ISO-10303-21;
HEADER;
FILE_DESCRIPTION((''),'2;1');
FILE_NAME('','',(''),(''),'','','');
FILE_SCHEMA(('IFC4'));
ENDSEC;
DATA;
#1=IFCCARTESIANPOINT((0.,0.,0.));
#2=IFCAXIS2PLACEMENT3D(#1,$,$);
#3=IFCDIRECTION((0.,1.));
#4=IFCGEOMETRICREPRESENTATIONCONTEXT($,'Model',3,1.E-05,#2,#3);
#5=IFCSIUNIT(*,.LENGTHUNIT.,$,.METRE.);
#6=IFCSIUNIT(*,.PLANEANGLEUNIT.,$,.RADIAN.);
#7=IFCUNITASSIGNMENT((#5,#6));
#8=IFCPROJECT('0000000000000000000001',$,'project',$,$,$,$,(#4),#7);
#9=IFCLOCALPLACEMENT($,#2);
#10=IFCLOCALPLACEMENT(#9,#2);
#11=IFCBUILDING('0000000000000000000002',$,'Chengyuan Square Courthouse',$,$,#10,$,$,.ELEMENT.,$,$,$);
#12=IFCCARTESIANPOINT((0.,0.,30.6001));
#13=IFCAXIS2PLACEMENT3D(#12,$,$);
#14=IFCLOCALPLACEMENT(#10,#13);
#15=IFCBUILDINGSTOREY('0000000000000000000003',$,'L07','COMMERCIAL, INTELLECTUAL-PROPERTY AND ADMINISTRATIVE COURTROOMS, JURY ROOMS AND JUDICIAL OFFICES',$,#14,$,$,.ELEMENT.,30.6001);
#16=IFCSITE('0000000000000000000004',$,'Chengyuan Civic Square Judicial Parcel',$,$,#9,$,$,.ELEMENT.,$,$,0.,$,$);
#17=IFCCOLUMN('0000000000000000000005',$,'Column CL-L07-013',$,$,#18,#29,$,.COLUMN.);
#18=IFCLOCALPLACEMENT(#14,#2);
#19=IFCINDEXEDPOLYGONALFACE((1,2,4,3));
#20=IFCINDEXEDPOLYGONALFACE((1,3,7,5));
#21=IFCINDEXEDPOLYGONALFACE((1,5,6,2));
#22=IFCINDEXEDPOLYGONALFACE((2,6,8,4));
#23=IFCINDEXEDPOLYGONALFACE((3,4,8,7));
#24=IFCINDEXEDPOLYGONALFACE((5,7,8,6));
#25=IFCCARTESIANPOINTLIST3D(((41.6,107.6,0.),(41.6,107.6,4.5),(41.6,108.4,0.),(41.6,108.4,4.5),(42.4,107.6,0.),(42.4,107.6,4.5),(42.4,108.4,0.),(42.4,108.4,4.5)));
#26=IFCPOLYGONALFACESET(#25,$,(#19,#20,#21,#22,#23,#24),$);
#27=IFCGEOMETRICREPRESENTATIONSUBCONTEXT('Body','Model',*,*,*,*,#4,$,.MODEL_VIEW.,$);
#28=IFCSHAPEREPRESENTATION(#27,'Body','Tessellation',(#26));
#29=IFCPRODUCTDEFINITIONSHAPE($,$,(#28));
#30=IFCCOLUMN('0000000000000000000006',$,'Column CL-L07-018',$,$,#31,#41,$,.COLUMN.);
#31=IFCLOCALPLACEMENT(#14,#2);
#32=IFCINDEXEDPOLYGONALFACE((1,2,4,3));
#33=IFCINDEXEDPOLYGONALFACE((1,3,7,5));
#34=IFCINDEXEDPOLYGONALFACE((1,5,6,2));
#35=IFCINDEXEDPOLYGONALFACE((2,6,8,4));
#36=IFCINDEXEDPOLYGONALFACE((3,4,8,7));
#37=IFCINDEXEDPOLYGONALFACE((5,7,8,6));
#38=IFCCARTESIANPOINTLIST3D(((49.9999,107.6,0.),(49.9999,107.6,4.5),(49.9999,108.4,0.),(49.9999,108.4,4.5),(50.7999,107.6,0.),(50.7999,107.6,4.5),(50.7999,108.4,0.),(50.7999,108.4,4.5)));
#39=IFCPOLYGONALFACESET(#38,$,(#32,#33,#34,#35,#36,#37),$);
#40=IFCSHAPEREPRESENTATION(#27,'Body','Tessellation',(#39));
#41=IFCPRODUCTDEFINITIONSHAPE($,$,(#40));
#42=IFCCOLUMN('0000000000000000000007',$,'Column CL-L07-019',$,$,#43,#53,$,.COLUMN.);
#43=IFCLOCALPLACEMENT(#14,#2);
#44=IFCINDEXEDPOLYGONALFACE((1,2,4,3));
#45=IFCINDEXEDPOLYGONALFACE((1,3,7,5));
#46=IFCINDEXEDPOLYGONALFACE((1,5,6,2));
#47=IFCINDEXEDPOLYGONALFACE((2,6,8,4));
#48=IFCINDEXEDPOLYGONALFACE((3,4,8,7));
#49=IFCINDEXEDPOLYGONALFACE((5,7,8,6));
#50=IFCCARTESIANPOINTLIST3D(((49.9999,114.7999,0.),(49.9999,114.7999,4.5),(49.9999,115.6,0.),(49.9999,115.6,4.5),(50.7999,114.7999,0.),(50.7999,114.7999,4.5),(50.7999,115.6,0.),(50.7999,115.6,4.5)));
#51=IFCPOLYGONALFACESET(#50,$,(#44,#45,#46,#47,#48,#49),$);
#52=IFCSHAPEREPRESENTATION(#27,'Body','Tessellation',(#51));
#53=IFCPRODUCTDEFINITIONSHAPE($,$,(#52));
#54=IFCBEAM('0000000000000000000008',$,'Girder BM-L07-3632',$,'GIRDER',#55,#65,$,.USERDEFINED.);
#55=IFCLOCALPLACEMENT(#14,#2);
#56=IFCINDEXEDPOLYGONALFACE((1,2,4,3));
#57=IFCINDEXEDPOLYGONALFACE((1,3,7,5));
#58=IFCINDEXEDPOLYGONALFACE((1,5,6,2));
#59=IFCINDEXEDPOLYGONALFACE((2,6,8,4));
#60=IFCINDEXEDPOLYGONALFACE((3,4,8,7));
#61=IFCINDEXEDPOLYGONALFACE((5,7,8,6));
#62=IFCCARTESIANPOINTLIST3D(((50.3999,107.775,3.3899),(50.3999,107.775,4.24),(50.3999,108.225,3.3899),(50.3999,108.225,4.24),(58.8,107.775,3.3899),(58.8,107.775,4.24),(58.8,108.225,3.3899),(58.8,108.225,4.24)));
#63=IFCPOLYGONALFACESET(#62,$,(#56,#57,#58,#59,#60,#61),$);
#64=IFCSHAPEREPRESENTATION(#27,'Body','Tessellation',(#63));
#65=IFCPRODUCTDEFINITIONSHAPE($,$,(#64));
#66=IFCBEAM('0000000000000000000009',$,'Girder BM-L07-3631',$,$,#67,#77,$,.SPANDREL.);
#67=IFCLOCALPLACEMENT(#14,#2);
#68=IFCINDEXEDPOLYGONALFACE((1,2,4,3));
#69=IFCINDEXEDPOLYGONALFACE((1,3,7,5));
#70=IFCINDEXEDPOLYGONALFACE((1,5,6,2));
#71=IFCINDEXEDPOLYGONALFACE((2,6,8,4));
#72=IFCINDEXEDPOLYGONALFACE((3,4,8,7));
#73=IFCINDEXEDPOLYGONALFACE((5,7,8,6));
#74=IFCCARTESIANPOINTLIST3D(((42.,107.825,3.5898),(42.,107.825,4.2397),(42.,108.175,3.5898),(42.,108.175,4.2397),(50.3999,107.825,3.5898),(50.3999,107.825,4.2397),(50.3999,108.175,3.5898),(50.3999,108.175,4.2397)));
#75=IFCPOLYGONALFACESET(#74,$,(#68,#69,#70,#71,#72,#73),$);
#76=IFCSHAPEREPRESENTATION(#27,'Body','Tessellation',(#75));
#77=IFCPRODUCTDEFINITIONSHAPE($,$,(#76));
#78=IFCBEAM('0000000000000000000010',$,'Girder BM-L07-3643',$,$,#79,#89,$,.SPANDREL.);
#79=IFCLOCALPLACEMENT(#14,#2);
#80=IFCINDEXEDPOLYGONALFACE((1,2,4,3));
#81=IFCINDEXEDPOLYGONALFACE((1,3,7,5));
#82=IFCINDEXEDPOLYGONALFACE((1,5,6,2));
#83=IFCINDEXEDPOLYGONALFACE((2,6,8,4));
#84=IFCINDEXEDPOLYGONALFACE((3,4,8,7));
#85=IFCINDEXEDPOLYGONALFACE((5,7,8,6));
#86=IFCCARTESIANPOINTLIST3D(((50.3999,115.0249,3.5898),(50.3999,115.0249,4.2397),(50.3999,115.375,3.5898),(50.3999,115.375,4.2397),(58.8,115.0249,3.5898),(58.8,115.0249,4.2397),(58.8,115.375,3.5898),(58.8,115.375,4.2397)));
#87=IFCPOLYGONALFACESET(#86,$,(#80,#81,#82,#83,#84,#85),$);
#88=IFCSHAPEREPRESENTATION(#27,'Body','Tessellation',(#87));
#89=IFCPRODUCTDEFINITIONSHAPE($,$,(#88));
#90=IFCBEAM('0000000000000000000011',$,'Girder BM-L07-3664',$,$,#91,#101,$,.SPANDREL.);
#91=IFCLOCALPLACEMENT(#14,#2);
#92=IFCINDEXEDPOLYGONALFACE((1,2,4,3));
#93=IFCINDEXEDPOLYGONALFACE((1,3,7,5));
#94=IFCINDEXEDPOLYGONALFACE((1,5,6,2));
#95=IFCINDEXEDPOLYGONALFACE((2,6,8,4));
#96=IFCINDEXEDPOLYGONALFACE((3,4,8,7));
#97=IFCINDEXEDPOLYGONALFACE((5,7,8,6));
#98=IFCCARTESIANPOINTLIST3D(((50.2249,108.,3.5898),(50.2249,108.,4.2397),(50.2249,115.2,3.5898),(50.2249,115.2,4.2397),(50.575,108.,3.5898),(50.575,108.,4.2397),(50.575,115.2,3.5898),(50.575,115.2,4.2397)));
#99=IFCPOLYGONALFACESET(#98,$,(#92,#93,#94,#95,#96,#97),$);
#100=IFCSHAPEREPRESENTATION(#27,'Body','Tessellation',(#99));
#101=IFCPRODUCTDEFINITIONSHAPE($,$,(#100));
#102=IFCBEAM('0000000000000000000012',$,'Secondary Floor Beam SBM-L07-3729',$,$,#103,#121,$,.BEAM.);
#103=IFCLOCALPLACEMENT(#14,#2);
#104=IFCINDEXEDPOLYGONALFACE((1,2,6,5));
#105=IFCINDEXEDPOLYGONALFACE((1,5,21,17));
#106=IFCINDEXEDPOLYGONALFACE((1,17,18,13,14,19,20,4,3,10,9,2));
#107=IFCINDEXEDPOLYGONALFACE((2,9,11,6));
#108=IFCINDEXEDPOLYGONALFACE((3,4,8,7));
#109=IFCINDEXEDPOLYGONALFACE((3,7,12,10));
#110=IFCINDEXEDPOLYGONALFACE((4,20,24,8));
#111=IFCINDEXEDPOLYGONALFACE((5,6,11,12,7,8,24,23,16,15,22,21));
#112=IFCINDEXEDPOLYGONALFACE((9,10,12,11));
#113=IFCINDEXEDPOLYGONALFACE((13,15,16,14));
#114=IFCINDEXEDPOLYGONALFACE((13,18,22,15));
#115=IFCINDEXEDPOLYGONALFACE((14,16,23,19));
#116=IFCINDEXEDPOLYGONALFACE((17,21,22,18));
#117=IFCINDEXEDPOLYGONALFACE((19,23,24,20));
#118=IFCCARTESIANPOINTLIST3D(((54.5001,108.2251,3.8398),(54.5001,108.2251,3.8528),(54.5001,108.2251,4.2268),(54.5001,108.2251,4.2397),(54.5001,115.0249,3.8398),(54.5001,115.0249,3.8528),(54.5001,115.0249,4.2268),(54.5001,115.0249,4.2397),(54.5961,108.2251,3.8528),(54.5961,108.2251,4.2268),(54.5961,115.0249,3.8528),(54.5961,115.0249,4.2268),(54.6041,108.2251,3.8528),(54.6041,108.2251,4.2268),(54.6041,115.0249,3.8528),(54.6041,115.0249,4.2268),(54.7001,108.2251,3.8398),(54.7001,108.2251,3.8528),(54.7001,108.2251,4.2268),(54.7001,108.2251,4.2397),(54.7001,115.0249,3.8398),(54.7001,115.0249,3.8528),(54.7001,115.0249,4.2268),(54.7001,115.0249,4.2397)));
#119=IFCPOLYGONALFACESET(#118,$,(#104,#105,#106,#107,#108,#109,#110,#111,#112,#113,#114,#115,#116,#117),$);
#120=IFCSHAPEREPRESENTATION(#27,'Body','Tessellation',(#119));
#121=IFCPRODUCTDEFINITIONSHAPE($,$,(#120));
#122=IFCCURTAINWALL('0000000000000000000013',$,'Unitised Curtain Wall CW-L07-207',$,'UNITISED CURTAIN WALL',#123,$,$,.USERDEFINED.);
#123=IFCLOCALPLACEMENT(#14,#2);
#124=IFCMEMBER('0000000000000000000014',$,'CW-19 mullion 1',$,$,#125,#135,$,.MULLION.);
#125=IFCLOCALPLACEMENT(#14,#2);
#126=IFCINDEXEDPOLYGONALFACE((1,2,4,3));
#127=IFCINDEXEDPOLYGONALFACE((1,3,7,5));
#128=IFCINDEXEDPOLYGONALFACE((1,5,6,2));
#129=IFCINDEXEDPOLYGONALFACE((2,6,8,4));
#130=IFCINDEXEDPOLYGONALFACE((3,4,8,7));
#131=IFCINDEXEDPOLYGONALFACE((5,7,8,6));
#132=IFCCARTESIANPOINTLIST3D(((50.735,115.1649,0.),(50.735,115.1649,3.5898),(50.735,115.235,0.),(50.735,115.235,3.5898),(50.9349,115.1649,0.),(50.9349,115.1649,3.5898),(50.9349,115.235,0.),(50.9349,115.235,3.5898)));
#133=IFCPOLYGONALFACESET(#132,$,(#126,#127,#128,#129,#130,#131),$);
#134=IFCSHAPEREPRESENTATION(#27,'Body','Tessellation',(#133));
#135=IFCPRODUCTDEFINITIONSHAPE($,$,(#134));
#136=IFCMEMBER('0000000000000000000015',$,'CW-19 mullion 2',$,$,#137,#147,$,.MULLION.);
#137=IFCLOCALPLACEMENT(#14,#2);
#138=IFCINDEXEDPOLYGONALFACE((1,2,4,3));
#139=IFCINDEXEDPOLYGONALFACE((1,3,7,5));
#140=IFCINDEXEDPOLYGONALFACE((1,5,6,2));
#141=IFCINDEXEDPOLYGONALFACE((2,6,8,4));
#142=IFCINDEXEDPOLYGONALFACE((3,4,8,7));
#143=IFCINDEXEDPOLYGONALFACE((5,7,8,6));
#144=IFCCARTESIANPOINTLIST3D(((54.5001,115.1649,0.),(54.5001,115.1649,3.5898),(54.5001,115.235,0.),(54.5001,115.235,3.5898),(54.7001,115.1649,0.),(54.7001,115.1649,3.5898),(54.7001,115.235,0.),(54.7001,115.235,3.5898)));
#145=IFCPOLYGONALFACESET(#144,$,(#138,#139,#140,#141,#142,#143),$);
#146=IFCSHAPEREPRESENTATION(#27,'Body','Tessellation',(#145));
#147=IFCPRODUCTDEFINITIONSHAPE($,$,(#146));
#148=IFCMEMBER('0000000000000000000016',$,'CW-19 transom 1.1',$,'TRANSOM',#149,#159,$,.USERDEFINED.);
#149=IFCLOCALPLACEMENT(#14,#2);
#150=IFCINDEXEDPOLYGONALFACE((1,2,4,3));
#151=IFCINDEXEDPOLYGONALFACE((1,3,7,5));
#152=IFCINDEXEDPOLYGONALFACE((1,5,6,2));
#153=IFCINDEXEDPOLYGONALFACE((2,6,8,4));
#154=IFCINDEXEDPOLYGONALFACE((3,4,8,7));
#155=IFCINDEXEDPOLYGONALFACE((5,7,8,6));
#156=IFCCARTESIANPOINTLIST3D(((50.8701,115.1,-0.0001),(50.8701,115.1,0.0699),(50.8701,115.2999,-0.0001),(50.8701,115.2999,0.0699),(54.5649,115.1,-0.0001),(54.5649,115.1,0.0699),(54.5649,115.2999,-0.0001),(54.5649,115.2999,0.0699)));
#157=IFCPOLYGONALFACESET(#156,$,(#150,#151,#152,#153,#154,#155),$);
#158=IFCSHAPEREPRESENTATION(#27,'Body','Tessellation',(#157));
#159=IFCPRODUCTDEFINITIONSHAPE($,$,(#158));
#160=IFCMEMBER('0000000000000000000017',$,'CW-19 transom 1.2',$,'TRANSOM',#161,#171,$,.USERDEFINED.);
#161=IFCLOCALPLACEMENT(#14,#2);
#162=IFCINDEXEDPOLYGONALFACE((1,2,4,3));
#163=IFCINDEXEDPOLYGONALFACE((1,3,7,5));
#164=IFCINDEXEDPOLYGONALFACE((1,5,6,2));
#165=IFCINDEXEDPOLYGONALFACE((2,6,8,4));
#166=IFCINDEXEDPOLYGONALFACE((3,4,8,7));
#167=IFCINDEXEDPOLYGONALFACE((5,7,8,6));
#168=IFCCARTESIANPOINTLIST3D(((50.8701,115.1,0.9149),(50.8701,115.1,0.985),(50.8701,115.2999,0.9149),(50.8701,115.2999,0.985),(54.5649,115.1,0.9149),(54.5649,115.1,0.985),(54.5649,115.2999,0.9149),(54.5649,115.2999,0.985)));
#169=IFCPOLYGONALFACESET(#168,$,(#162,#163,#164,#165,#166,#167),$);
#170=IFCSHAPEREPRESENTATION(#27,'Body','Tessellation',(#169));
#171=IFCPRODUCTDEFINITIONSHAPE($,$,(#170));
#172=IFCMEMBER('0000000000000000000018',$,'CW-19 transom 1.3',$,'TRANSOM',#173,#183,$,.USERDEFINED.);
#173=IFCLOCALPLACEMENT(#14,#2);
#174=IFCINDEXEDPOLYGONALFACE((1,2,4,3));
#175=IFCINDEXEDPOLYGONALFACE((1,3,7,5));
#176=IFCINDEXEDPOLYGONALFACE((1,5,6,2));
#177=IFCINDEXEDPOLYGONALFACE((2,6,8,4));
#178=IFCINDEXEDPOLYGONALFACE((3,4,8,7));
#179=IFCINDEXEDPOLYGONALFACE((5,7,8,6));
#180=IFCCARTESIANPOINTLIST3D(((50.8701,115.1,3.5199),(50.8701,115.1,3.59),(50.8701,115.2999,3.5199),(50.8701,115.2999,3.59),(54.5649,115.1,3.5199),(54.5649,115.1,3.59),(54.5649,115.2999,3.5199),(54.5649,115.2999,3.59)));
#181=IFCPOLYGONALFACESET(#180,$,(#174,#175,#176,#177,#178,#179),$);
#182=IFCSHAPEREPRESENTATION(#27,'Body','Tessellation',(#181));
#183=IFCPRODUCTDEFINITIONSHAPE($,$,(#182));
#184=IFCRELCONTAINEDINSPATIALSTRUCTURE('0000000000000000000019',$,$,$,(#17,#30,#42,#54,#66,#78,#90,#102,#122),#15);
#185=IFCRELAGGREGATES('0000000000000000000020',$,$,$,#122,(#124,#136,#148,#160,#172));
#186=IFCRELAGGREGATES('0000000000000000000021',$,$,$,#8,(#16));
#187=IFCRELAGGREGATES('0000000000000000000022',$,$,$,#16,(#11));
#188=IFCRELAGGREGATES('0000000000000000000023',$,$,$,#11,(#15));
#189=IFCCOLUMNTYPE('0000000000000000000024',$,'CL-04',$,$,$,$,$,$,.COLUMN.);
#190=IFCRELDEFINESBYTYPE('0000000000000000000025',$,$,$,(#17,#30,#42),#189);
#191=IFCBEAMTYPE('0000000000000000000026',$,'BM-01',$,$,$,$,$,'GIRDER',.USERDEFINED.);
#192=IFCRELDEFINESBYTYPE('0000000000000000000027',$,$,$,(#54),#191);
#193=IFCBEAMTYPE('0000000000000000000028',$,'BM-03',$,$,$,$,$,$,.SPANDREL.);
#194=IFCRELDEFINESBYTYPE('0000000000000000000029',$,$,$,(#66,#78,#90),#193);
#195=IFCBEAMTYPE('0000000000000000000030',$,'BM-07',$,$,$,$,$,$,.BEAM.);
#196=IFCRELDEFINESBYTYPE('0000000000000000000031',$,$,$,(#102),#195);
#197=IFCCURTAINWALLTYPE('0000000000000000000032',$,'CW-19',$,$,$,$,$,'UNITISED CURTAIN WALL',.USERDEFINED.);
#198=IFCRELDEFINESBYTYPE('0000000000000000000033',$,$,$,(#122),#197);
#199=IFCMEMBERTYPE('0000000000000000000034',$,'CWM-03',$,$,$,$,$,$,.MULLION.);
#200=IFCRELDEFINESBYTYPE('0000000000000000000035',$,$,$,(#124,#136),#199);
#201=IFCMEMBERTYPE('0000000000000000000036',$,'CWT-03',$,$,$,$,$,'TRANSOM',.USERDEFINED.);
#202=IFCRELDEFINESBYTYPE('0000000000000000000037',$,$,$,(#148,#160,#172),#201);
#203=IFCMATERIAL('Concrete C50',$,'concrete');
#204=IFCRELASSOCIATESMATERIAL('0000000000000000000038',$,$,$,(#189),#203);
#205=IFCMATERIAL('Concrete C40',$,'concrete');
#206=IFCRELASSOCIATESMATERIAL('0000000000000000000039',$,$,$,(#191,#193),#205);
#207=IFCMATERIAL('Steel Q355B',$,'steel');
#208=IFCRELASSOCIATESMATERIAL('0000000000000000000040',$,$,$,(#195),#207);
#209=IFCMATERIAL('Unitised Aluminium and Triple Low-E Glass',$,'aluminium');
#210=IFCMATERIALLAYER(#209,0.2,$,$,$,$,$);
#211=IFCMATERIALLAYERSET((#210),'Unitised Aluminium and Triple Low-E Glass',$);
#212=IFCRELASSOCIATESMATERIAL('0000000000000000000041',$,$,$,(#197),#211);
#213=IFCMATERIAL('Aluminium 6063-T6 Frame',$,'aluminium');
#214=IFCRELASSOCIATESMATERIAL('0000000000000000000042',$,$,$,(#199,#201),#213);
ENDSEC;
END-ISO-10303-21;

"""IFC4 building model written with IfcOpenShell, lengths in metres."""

from ifc_helpers import new_model, si_unit, direction, frame, origin, origin_2d, place, context, subcontext, project, spatial, rectangle, i_section, extrude, material, layer, layer_set, material_profile, profile_set, type_object, element, aggregate, save


model = new_model("IFC4")

# Units and contexts
model_context = context("Model", 3, precision=1e-05, world=origin(), true_north=direction((0.0, 1.0)))
body_context = subcontext(model_context, "Body", "Model", "MODEL_VIEW")
ifc_project = project(units=[si_unit("LENGTHUNIT", "METRE"), si_unit("PLANEANGLEUNIT", "RADIAN")], contexts=[model_context])

# Site, building, storey
site_placement = place(None, origin())
site = spatial("IfcSite", under=ifc_project, at=site_placement, Name="Chengyuan Civic Square Judicial Parcel", CompositionType="ELEMENT", RefElevation=0.0)
building_placement = place(site_placement, origin())
building = spatial("IfcBuilding", under=site, at=building_placement, Name="Chengyuan Square Courthouse", CompositionType="ELEMENT")
storey_placement = place(building_placement, frame((0.0, 0.0, 30.6001)))
storey = spatial("IfcBuildingStorey", under=building, at=storey_placement, Name="L07", Description="COMMERCIAL, INTELLECTUAL-PROPERTY AND ADMINISTRATIVE COURTROOMS, JURY ROOMS AND JUDICIAL OFFICES", CompositionType="ELEMENT", Elevation=30.6001)

# Columns
ifc_material_1 = material(Name="Concrete C50", Category="concrete")
ifc_material_profile_1 = material_profile(ifc_material_1, rectangle(XDim=0.8, YDim=0.8, at=origin_2d()), Name="RC-COL-800x800")
ifc_profile_set_1 = profile_set([ifc_material_profile_1], Name="Concrete C50")
column_type = type_object("IfcColumnType", Name="CL-04", PredefinedType="COLUMN", material=ifc_profile_set_1)
for number, where, z_axis, x_axis, name in (
    (1, (42.0, 108.0, 0.0), (0.0, 0.0, 1.0), (1.0, 0.0, 0.0), "Column CL-L07-013"),
    (2, (50.3999, 108.0, 0.0), (0.0, 0.0, 1.0), (1.0, 0.0, 0.0), "Column CL-L07-018"),
    (3, (50.3999, 115.2, 0.0), (0.0, 0.0, 1.0), (1.0, 0.0, 0.0), "Column CL-L07-019"),
):
    element("IfcColumn", number, at=place(storey_placement, frame(where, z_axis=z_axis, x_axis=x_axis)), inside=storey, type_object=column_type, Name=name, PredefinedType="COLUMN", context=body_context, shape_type="SweptSolid", body=[
        extrude(rectangle(XDim=0.8, YDim=0.8, at=origin_2d()), origin(), (0.0, 0.0, 1.0), 4.5),
    ])

# Beams
ifc_material_2 = material(Name="Concrete C40", Category="concrete")
ifc_material_profile_2 = material_profile(ifc_material_2, rectangle(XDim=0.45, YDim=0.8501, at=origin_2d()), Name="RC-BM-450x850")
ifc_profile_set_2 = profile_set([ifc_material_profile_2], Name="Concrete C40")
beam_type_1 = type_object("IfcBeamType", Name="BM-01", ElementType="GIRDER", PredefinedType="USERDEFINED", material=ifc_profile_set_2)
beam_1_placement = place(storey_placement, frame((50.3999, 108.0, 3.8149), z_axis=(1.0, 0.0, 0.0), x_axis=(0.0, 1.0, 0.0)))
element("IfcBeam", 4, at=beam_1_placement, inside=storey, type_object=beam_type_1, Name="Girder BM-L07-3632", ObjectType="GIRDER", PredefinedType="USERDEFINED", context=body_context, shape_type="SweptSolid", body=[
    extrude(rectangle(XDim=0.45, YDim=0.8501, at=origin_2d()), origin(), (0.0, 0.0, 1.0), 8.4001),
])
ifc_material_profile_3 = material_profile(ifc_material_2, rectangle(XDim=0.3501, YDim=0.6499, at=origin_2d()), Name="RC-BM-350x650")
ifc_profile_set_3 = profile_set([ifc_material_profile_3], Name="Concrete C40")
beam_type_2 = type_object("IfcBeamType", Name="BM-03", PredefinedType="SPANDREL", material=ifc_profile_set_3)
beam_2_placement = place(storey_placement, frame((42.0, 108.0, 3.9148), z_axis=(1.0, 0.0, 0.0), x_axis=(0.0, 1.0, 0.0)))
element("IfcBeam", 5, at=beam_2_placement, inside=storey, type_object=beam_type_2, Name="Girder BM-L07-3631", PredefinedType="SPANDREL", context=body_context, shape_type="SweptSolid", body=[
    extrude(rectangle(XDim=0.3501, YDim=0.6499, at=origin_2d()), origin(), (0.0, 0.0, 1.0), 8.3999),
])
beam_3_placement = place(storey_placement, frame((50.3999, 115.2, 3.9148), z_axis=(1.0, 0.0, 0.0), x_axis=(0.0, 1.0, 0.0)))
element("IfcBeam", 6, at=beam_3_placement, inside=storey, type_object=beam_type_2, Name="Girder BM-L07-3643", PredefinedType="SPANDREL", context=body_context, shape_type="SweptSolid", body=[
    extrude(rectangle(XDim=0.3501, YDim=0.6499, at=origin_2d()), origin(), (0.0, 0.0, 1.0), 8.4001),
])
beam_4_placement = place(storey_placement, frame((50.3999, 108.0, 3.9148), z_axis=(0.0, 1.0, 0.0), x_axis=(-1.0, 0.0, 0.0)))
element("IfcBeam", 7, at=beam_4_placement, inside=storey, type_object=beam_type_2, Name="Girder BM-L07-3664", PredefinedType="SPANDREL", context=body_context, shape_type="SweptSolid", body=[
    extrude(rectangle(XDim=0.3501, YDim=0.6499, at=origin_2d()), origin(), (0.0, 0.0, 1.0), 7.2),
])
ifc_material_3 = material(Name="Steel Q355B", Category="steel")
ifc_material_profile_4 = material_profile(ifc_material_3, i_section(OverallWidth=0.2, OverallDepth=0.3999, WebThickness=0.0081, FlangeThickness=0.0129, at=origin_2d()), Name="HN 400x200x8x13")
ifc_profile_set_4 = profile_set([ifc_material_profile_4], Name="Steel Q355B")
beam_type_3 = type_object("IfcBeamType", Name="BM-07", PredefinedType="BEAM", material=ifc_profile_set_4)
beam_5_placement = place(storey_placement, frame((54.6001, 108.2251, 4.0398), z_axis=(0.0, 1.0, 0.0), x_axis=(-1.0, 0.0, 0.0)))
element("IfcBeam", 8, at=beam_5_placement, inside=storey, type_object=beam_type_3, Name="Secondary Floor Beam SBM-L07-3729", PredefinedType="BEAM", context=body_context, shape_type="SweptSolid", body=[
    extrude(i_section(OverallWidth=0.2, OverallDepth=0.3999, WebThickness=0.0081, FlangeThickness=0.0129, at=origin_2d()), origin(), (0.0, 0.0, 1.0), 6.7998),
])

# Curtain wall, members
ifc_material_4 = material(Name="Unitised Aluminium and Triple Low-E Glass", Category="aluminium")
ifc_layer_1 = layer(ifc_material_4, 0.2)
ifc_layer_set_1 = layer_set([ifc_layer_1], Name="Unitised Aluminium and Triple Low-E Glass")
curtain_wall_type = type_object("IfcCurtainWallType", Name="CW-19", ElementType="UNITISED CURTAIN WALL", PredefinedType="USERDEFINED", material=ifc_layer_set_1)
curtain_wall_placement = place(storey_placement, origin())
curtain_wall = element("IfcCurtainWall", 9, at=curtain_wall_placement, inside=storey, type_object=curtain_wall_type, Name="Unitised Curtain Wall CW-L07-207", ObjectType="UNITISED CURTAIN WALL", PredefinedType="USERDEFINED")
ifc_material_5 = material(Name="Aluminium 6063-T6 Frame", Category="aluminium")
ifc_material_profile_5 = material_profile(ifc_material_5, rectangle(XDim=0.0701, YDim=0.2, at=origin_2d()), Name="CW-MUL-70x200")
ifc_profile_set_5 = profile_set([ifc_material_profile_5], Name="Aluminium 6063-T6 Frame")
member_type_1 = type_object("IfcMemberType", Name="CWM-03", PredefinedType="MULLION", material=ifc_profile_set_5)
member_1_placement = place(storey_placement, frame((50.835, 115.2, 0.0), z_axis=(0.0, 0.0, 1.0), x_axis=(0.0, 1.0, 0.0)))
member_1 = element("IfcMember", 10, at=member_1_placement, type_object=member_type_1, Name="CW-19 mullion 1", PredefinedType="MULLION", context=body_context, shape_type="SweptSolid", body=[
    extrude(rectangle(XDim=0.0701, YDim=0.2, at=origin_2d()), origin(), (0.0, 0.0, 1.0), 3.5898),
])
member_2_placement = place(storey_placement, frame((54.6001, 115.2, 0.0), z_axis=(0.0, 0.0, 1.0), x_axis=(0.0, 1.0, 0.0)))
member_2 = element("IfcMember", 11, at=member_2_placement, type_object=member_type_1, Name="CW-19 mullion 2", PredefinedType="MULLION", context=body_context, shape_type="SweptSolid", body=[
    extrude(rectangle(XDim=0.0701, YDim=0.2, at=origin_2d()), origin(), (0.0, 0.0, 1.0), 3.5898),
])
ifc_material_profile_6 = material_profile(ifc_material_5, rectangle(XDim=0.2, YDim=0.0701, at=origin_2d()), Name="CW-TRN-70x160")
ifc_profile_set_6 = profile_set([ifc_material_profile_6], Name="Aluminium 6063-T6 Frame")
member_type_2 = type_object("IfcMemberType", Name="CWT-03", ElementType="TRANSOM", PredefinedType="USERDEFINED", material=ifc_profile_set_6)
member_3_placement = place(storey_placement, frame((50.8701, 115.2, 0.0349), z_axis=(1.0, 0.0, 0.0), x_axis=(0.0, 1.0, 0.0)))
member_3 = element("IfcMember", 12, at=member_3_placement, type_object=member_type_2, Name="CW-19 transom 1.1", ObjectType="TRANSOM", PredefinedType="USERDEFINED", context=body_context, shape_type="SweptSolid", body=[
    extrude(rectangle(XDim=0.2, YDim=0.0701, at=origin_2d()), origin(), (0.0, 0.0, 1.0), 3.6948),
])
member_4_placement = place(storey_placement, frame((50.8701, 115.2, 0.95), z_axis=(1.0, 0.0, 0.0), x_axis=(0.0, 1.0, 0.0)))
member_4 = element("IfcMember", 13, at=member_4_placement, type_object=member_type_2, Name="CW-19 transom 1.2", ObjectType="TRANSOM", PredefinedType="USERDEFINED", context=body_context, shape_type="SweptSolid", body=[
    extrude(rectangle(XDim=0.2, YDim=0.0701, at=origin_2d()), origin(), (0.0, 0.0, 1.0), 3.6948),
])
member_5_placement = place(storey_placement, frame((50.8701, 115.2, 3.5549), z_axis=(1.0, 0.0, 0.0), x_axis=(0.0, 1.0, 0.0)))
member_5 = element("IfcMember", 14, at=member_5_placement, type_object=member_type_2, Name="CW-19 transom 1.3", ObjectType="TRANSOM", PredefinedType="USERDEFINED", context=body_context, shape_type="SweptSolid", body=[
    extrude(rectangle(XDim=0.2, YDim=0.0701, at=origin_2d()), origin(), (0.0, 0.0, 1.0), 3.6948),
])
aggregate(curtain_wall, [member_1, member_2, member_3, member_4, member_5])

save(model, "model.ifc")
